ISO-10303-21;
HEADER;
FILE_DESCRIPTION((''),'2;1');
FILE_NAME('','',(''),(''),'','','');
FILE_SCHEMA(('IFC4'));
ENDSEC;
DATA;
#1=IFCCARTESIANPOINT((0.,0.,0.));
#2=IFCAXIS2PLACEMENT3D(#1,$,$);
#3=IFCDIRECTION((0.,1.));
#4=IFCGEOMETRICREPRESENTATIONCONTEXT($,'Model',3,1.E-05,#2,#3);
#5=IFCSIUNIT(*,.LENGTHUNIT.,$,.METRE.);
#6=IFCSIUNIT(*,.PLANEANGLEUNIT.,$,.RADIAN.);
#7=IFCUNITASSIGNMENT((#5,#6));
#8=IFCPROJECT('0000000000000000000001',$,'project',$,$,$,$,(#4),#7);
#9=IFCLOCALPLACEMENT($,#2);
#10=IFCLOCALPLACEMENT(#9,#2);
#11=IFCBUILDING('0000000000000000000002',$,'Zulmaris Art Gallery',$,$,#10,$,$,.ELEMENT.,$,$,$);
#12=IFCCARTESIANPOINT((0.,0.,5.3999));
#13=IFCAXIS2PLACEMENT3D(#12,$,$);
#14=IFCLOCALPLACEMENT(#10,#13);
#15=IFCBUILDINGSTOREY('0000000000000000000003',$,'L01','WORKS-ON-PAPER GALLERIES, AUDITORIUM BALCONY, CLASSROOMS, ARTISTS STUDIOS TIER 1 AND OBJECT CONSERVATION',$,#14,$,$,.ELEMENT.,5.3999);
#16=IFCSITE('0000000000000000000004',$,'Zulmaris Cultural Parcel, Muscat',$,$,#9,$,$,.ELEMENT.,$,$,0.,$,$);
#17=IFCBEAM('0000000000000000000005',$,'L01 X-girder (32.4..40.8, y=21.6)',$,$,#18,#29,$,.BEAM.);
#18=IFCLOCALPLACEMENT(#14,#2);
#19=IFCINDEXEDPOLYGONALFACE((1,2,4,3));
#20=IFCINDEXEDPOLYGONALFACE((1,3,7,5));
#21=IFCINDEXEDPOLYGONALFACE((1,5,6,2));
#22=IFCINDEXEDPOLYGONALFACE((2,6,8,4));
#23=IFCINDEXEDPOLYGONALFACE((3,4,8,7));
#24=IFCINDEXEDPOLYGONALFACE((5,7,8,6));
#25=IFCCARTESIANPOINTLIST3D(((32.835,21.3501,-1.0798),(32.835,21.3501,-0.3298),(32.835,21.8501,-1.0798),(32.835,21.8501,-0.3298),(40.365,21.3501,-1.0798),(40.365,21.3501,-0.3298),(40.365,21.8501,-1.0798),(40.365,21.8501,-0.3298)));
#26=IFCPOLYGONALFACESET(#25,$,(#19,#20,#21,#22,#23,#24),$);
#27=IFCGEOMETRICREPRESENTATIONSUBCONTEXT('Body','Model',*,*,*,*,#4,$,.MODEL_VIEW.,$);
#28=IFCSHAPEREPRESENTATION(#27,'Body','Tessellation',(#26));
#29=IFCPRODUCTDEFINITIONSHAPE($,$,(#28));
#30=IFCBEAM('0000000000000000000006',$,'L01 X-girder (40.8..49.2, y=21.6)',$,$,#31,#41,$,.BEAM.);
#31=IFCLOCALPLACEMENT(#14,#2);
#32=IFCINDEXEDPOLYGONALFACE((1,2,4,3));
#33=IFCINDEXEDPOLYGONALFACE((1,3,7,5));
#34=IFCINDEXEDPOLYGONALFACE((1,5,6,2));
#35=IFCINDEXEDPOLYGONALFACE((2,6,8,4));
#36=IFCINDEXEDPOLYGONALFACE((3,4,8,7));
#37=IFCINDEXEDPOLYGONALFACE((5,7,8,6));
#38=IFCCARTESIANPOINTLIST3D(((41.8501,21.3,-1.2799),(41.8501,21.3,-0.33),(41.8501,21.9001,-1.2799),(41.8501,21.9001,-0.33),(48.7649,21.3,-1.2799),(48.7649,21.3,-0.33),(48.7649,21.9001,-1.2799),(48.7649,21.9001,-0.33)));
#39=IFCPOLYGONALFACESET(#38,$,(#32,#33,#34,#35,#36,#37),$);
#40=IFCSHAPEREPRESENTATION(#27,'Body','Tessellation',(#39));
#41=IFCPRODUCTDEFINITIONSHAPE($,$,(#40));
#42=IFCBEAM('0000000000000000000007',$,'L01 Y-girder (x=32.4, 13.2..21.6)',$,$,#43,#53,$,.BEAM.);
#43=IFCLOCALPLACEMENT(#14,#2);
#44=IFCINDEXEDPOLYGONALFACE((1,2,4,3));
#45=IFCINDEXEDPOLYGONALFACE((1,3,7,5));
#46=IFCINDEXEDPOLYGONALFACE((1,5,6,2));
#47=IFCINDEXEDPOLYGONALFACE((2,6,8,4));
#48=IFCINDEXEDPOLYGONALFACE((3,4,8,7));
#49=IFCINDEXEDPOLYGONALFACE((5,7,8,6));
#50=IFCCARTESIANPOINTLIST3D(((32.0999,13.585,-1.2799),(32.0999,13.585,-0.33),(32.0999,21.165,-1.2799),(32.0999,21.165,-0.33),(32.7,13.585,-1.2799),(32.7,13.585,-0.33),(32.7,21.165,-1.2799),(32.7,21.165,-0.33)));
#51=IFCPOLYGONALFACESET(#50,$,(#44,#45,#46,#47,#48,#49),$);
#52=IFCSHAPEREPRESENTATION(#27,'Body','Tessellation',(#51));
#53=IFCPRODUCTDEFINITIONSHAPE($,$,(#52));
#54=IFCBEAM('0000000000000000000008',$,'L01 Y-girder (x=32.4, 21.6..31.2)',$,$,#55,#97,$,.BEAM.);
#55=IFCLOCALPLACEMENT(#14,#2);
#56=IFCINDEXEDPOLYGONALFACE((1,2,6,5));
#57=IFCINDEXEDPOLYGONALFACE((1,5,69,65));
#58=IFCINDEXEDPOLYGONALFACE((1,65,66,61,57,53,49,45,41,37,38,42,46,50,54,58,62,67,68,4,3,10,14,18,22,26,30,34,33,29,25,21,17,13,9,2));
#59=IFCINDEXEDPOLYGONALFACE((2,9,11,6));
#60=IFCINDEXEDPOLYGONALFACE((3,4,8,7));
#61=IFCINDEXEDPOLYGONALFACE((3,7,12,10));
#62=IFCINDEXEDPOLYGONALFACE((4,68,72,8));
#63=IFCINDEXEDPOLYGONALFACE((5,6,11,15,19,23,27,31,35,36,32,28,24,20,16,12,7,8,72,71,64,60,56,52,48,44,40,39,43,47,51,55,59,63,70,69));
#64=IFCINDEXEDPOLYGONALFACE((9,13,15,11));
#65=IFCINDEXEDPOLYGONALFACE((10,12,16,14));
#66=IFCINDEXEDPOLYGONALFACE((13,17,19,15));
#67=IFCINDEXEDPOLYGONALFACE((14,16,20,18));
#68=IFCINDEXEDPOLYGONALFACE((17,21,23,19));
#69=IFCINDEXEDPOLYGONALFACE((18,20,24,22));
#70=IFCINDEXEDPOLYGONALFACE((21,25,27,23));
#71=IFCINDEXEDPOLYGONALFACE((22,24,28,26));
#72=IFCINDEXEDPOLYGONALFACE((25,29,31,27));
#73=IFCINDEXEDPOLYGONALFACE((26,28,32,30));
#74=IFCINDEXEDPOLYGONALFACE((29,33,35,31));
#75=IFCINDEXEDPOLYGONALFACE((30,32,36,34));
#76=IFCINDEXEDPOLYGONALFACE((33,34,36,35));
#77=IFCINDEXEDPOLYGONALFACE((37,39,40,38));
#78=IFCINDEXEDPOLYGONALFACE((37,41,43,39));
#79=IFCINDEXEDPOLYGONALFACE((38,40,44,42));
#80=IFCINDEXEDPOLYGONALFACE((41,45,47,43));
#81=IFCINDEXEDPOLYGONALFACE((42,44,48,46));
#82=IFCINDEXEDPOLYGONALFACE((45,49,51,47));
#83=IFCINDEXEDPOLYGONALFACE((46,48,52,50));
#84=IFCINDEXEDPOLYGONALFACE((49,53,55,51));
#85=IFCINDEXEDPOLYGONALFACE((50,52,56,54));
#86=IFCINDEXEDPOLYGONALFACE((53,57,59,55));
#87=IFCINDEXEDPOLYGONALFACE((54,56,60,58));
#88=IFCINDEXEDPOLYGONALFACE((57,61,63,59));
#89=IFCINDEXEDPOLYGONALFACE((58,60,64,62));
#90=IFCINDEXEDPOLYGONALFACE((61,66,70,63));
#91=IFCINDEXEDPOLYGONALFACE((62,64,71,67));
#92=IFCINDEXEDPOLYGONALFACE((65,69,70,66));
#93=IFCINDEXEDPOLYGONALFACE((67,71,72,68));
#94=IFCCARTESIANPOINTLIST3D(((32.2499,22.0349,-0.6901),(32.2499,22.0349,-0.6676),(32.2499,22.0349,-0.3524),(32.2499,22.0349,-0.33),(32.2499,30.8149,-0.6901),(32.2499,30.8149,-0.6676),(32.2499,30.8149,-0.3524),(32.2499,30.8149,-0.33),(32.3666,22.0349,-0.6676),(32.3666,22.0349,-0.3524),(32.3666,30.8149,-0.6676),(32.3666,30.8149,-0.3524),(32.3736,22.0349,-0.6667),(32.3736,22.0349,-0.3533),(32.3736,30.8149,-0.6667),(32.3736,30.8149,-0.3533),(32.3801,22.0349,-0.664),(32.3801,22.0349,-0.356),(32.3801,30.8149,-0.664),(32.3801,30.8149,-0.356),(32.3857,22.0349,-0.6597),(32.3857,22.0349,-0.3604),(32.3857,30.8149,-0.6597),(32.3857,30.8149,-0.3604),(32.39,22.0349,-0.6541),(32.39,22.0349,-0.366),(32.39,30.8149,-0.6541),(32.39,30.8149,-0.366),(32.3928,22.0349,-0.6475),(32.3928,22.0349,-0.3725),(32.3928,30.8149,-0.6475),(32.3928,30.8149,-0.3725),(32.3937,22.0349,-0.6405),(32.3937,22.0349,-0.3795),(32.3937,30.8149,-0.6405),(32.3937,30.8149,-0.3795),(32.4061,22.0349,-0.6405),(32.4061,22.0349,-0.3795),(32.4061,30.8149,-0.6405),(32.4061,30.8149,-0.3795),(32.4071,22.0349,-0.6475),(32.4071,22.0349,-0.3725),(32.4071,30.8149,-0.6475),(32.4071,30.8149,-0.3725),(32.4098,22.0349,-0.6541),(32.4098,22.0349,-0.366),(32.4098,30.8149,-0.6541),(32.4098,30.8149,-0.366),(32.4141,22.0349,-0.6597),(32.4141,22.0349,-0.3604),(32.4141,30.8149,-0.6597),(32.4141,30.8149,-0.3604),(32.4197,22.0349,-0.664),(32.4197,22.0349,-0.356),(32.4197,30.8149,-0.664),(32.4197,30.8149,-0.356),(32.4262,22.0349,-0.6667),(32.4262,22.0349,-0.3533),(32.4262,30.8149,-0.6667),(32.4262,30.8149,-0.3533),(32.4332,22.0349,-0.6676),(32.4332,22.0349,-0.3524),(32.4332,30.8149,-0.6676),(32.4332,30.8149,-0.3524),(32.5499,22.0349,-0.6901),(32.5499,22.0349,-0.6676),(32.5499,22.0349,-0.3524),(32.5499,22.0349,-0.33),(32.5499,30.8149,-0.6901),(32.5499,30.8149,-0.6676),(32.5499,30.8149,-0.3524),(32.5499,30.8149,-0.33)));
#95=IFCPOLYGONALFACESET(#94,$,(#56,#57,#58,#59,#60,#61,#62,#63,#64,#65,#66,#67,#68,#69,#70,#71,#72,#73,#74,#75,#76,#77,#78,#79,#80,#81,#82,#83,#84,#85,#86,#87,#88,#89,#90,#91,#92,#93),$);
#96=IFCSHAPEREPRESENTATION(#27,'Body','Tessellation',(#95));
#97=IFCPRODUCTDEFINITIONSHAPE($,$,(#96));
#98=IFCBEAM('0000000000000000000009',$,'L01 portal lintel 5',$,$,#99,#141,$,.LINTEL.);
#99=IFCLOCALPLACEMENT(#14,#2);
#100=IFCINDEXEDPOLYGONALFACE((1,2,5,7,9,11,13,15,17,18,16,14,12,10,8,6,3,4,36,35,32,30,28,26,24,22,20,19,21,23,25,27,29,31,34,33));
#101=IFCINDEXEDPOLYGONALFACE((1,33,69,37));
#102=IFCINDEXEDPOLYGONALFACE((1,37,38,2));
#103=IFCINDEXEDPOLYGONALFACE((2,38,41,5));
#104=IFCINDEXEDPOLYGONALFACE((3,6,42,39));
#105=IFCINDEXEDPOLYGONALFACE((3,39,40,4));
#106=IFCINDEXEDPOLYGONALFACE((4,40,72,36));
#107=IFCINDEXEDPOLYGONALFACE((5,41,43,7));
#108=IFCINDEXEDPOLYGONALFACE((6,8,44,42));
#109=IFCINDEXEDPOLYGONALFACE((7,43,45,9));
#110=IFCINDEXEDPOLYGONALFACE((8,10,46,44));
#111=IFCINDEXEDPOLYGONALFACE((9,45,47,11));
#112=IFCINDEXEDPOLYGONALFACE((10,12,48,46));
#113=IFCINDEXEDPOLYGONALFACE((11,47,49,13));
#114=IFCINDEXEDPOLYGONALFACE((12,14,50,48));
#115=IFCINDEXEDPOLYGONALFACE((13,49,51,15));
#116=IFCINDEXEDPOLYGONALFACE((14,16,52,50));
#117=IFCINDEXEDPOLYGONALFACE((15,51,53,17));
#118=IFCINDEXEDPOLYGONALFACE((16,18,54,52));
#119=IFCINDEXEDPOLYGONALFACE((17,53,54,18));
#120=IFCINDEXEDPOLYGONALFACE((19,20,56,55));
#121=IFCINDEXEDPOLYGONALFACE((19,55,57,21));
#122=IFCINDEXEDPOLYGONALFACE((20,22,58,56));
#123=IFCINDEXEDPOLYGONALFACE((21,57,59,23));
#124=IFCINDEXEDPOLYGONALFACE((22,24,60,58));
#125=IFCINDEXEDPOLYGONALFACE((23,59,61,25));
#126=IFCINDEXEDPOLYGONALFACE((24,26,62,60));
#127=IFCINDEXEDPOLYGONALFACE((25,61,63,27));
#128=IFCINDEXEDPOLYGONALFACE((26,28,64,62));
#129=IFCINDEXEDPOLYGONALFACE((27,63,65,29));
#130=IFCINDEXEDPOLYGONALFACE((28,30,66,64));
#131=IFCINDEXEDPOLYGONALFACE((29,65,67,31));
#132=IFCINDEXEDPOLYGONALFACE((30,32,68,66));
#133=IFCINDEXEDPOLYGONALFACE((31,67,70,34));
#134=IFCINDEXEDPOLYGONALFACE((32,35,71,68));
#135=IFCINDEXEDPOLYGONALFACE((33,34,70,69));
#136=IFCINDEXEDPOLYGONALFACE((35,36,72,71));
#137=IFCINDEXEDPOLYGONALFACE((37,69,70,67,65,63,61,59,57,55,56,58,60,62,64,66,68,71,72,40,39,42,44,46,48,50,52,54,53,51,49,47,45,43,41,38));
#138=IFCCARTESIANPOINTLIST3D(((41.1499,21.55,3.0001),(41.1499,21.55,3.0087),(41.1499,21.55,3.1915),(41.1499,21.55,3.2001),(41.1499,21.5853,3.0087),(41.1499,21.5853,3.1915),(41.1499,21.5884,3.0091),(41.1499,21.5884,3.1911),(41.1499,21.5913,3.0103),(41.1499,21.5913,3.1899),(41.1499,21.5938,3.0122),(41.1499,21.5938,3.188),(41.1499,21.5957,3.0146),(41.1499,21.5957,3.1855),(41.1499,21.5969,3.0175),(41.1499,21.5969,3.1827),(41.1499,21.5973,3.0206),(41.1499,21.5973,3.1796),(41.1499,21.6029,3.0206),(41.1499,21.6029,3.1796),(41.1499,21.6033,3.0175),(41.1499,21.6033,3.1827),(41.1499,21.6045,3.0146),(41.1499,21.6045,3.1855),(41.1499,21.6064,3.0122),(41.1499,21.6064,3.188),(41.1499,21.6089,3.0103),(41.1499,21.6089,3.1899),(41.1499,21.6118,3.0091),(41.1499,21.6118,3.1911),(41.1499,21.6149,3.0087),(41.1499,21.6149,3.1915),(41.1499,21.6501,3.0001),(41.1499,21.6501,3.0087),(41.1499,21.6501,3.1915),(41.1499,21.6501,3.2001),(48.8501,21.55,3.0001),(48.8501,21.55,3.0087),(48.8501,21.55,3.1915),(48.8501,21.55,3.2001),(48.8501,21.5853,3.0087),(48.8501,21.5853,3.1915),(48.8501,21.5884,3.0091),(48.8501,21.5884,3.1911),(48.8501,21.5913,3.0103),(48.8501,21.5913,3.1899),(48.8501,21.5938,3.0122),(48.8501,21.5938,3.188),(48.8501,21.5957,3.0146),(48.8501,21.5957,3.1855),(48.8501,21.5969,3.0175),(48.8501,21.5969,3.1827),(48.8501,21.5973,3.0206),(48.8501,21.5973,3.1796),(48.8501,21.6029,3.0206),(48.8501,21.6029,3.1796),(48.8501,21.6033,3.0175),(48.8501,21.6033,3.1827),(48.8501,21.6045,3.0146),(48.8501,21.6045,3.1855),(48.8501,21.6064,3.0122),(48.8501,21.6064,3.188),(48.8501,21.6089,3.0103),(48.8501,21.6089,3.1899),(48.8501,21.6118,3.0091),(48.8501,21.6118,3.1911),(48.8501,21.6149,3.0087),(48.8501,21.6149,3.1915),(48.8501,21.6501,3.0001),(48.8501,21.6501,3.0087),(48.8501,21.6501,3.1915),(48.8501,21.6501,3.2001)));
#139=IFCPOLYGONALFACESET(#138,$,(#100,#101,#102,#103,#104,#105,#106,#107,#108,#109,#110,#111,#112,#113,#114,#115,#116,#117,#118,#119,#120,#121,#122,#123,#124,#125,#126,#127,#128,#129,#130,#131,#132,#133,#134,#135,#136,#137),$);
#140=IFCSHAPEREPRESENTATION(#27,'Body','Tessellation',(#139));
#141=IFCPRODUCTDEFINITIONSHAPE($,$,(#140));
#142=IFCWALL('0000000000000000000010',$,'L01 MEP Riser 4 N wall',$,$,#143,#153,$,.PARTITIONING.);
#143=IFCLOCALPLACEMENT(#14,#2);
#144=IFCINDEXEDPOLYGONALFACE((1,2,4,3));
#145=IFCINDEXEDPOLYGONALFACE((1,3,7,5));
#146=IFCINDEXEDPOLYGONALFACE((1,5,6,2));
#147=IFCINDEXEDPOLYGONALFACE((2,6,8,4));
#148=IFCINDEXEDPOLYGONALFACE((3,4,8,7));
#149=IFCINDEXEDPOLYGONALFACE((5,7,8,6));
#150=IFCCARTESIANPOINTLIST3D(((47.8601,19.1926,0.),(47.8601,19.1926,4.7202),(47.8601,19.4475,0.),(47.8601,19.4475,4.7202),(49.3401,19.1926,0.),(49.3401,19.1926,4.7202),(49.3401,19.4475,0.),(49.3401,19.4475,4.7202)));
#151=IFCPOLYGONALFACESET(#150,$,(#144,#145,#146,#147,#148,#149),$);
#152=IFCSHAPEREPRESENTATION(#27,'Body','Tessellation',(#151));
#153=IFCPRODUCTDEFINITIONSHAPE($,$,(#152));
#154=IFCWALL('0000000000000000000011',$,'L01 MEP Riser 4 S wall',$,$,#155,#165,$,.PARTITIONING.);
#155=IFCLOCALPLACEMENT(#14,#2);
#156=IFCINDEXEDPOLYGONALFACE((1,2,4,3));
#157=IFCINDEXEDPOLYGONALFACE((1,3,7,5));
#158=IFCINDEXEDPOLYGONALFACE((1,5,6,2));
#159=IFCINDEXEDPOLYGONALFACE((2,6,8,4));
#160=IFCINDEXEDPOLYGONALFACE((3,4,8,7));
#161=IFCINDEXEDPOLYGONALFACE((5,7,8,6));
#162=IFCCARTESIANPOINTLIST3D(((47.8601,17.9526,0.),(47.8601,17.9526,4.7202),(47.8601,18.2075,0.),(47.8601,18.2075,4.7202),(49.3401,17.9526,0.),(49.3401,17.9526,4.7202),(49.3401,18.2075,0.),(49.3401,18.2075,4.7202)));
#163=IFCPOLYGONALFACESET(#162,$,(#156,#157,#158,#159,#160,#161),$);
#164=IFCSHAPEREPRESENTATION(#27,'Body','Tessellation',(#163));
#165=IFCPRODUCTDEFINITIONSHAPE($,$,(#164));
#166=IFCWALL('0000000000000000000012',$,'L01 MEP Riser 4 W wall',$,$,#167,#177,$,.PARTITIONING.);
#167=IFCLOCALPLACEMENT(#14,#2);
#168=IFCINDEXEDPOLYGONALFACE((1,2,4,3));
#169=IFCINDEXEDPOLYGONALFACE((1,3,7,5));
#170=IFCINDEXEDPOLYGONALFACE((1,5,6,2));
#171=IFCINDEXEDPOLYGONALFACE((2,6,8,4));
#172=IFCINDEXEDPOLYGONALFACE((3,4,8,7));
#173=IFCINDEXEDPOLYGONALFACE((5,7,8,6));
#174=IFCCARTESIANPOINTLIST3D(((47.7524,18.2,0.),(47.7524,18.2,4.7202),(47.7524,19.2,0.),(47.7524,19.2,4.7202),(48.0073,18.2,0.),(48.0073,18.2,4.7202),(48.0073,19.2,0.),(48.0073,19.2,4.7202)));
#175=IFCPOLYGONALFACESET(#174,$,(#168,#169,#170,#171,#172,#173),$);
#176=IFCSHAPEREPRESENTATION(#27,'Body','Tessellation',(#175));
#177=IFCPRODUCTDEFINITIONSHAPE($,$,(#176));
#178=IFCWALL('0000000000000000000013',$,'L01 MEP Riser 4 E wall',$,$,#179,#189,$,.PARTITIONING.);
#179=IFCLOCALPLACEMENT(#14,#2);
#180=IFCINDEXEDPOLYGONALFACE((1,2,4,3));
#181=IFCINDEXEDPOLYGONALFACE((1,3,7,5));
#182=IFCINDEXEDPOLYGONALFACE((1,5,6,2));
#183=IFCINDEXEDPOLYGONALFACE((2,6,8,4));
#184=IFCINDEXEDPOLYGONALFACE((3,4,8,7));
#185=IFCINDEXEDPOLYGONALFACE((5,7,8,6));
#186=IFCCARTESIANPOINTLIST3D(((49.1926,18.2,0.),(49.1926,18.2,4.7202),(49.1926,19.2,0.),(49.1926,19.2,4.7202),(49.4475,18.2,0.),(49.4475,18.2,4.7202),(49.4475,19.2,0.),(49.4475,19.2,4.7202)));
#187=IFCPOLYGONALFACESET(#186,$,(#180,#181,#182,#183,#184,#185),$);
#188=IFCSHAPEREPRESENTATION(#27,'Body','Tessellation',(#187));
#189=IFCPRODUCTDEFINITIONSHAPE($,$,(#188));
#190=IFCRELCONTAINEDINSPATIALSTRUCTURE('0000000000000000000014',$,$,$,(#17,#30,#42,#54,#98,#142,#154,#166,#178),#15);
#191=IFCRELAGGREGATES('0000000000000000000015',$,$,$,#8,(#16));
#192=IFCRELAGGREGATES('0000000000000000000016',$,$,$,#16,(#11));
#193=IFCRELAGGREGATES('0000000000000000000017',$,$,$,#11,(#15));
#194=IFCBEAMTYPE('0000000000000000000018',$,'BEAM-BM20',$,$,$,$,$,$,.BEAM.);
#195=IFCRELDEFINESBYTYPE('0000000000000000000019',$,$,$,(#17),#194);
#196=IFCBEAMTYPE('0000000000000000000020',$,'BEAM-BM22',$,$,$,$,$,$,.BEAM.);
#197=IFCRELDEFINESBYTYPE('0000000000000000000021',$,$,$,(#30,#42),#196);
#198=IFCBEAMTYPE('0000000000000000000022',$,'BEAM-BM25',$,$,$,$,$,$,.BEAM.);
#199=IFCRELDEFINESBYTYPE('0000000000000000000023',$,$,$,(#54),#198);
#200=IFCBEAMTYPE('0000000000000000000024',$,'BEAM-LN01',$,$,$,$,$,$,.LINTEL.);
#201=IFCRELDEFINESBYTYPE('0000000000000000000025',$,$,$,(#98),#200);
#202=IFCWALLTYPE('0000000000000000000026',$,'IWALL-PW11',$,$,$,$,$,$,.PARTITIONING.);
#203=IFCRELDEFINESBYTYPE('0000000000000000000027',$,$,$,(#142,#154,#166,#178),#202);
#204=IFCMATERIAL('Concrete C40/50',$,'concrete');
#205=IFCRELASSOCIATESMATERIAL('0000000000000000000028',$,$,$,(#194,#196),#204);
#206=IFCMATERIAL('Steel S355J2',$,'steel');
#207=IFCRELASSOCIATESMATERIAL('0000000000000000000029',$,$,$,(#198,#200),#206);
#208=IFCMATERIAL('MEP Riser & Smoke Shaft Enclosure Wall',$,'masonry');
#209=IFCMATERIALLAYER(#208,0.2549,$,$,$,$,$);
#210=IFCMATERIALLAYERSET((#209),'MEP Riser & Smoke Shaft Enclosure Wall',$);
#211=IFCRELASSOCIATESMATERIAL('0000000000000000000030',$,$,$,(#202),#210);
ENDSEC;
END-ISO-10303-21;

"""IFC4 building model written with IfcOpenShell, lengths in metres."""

from ifc_helpers import new_model, si_unit, direction, frame, frame_2d, origin, origin_2d, place, context, subcontext, project, spatial, rectangle, i_section, extrude, material, layer, layer_set, material_profile, profile_set, type_object, element, save


model = new_model("IFC4")

# Units and contexts
model_context = context("Model", 3, precision=1e-05, world=origin(), true_north=direction((0.0, 1.0)))
body_context = subcontext(model_context, "Body", "Model", "MODEL_VIEW")
ifc_project = project(units=[si_unit("LENGTHUNIT", "METRE"), si_unit("PLANEANGLEUNIT", "RADIAN")], contexts=[model_context])

# Site, building, storey
site_placement = place(None, origin())
site = spatial("IfcSite", under=ifc_project, at=site_placement, Name="Zulmaris Cultural Parcel, Muscat", CompositionType="ELEMENT", RefElevation=0.0)
building_placement = place(site_placement, origin())
building = spatial("IfcBuilding", under=site, at=building_placement, Name="Zulmaris Art Gallery", CompositionType="ELEMENT")
storey_placement = place(building_placement, frame((0.0, 0.0, 5.3999)))
storey = spatial("IfcBuildingStorey", under=building, at=storey_placement, Name="L01", Description="WORKS-ON-PAPER GALLERIES, AUDITORIUM BALCONY, CLASSROOMS, ARTISTS STUDIOS TIER 1 AND OBJECT CONSERVATION", CompositionType="ELEMENT", Elevation=5.3999)

# Shared definitions
ifc_material_1 = material(Name="Concrete C40/50", Category="concrete")

# Beams
ifc_material_profile_1 = material_profile(ifc_material_1, rectangle(XDim=0.5, YDim=0.75, at=origin_2d()), Name="RC 500x750")
ifc_profile_set_1 = profile_set([ifc_material_profile_1], Name="Concrete C40/50")
beam_type_1 = type_object("IfcBeamType", Name="BEAM-BM20", PredefinedType="BEAM", material=ifc_profile_set_1)
beam_1_placement = place(storey_placement, frame((32.835, 21.6001, -0.7048), z_axis=(1.0, 0.0, 0.0), x_axis=(0.0, 1.0, 0.0)))
element("IfcBeam", 1, at=beam_1_placement, inside=storey, type_object=beam_type_1, Name="L01 X-girder (32.4..40.8, y=21.6)", PredefinedType="BEAM", context=body_context, shape_type="SweptSolid", body=[
    extrude(rectangle(XDim=0.5, YDim=0.75, at=origin_2d()), origin(), (0.0, 0.0, 1.0), 7.53),
])
ifc_material_profile_2 = material_profile(ifc_material_1, rectangle(XDim=0.6001, YDim=0.95, at=origin_2d()), Name="RC 600x950")
ifc_profile_set_2 = profile_set([ifc_material_profile_2], Name="Concrete C40/50")
beam_type_2 = type_object("IfcBeamType", Name="BEAM-BM22", PredefinedType="BEAM", material=ifc_profile_set_2)
beam_2_placement = place(storey_placement, frame((41.8501, 21.6001, -0.8049), z_axis=(1.0, 0.0, 0.0), x_axis=(0.0, 1.0, 0.0)))
element("IfcBeam", 2, at=beam_2_placement, inside=storey, type_object=beam_type_2, Name="L01 X-girder (40.8..49.2, y=21.6)", PredefinedType="BEAM", context=body_context, shape_type="SweptSolid", body=[
    extrude(rectangle(XDim=0.6001, YDim=0.95, at=origin_2d()), origin(), (0.0, 0.0, 1.0), 6.9148),
])
beam_3_placement = place(storey_placement, frame((32.3999, 13.585, -0.8049), z_axis=(0.0, 1.0, 0.0), x_axis=(-1.0, 0.0, 0.0)))
element("IfcBeam", 3, at=beam_3_placement, inside=storey, type_object=beam_type_2, Name="L01 Y-girder (x=32.4, 13.2..21.6)", PredefinedType="BEAM", context=body_context, shape_type="SweptSolid", body=[
    extrude(rectangle(XDim=0.6001, YDim=0.95, at=origin_2d()), origin(), (0.0, 0.0, 1.0), 7.5801),
])
ifc_material_2 = material(Name="Steel S355J2", Category="steel")
ifc_material_profile_3 = material_profile(ifc_material_2, i_section(OverallWidth=0.3, OverallDepth=0.3601, WebThickness=0.0125, FlangeThickness=0.0225, FilletRadius=0.0271, at=origin_2d()), Name="HEB 360")
ifc_profile_set_3 = profile_set([ifc_material_profile_3], Name="Steel S355J2")
beam_type_3 = type_object("IfcBeamType", Name="BEAM-BM25", PredefinedType="BEAM", material=ifc_profile_set_3)
beam_4_placement = place(storey_placement, frame((32.3999, 22.0349, -0.51), z_axis=(0.0, 1.0, 0.0), x_axis=(-1.0, 0.0, 0.0)))
element("IfcBeam", 4, at=beam_4_placement, inside=storey, type_object=beam_type_3, Name="L01 Y-girder (x=32.4, 21.6..31.2)", PredefinedType="BEAM", context=body_context, shape_type="SweptSolid", body=[
    extrude(i_section(OverallWidth=0.3, OverallDepth=0.3601, WebThickness=0.0125, FlangeThickness=0.0225, FilletRadius=0.0271, at=origin_2d()), origin(), (0.0, 0.0, 1.0), 8.78),
])
ifc_material_profile_4 = material_profile(ifc_material_2, i_section(OverallWidth=0.1001, OverallDepth=0.2, WebThickness=0.0056, FlangeThickness=0.0085, FilletRadius=0.012, at=origin_2d()), Name="IPE 200")
ifc_profile_set_4 = profile_set([ifc_material_profile_4], Name="Steel S355J2")
beam_type_4 = type_object("IfcBeamType", Name="BEAM-LN01", PredefinedType="LINTEL", material=ifc_profile_set_4)
beam_5_placement = place(storey_placement, frame((41.1499, 21.6001, 3.1001), z_axis=(1.0, 0.0, 0.0), x_axis=(0.0, 1.0, 0.0)))
element("IfcBeam", 5, at=beam_5_placement, inside=storey, type_object=beam_type_4, Name="L01 portal lintel 5", PredefinedType="LINTEL", context=body_context, shape_type="SweptSolid", body=[
    extrude(i_section(OverallWidth=0.1001, OverallDepth=0.2, WebThickness=0.0056, FlangeThickness=0.0085, FilletRadius=0.012, at=origin_2d()), origin(), (0.0, 0.0, 1.0), 7.7002),
])

# Walls
ifc_material_3 = material(Name="MEP Riser & Smoke Shaft Enclosure Wall", Category="masonry")
ifc_layer_1 = layer(ifc_material_3, 0.2549)
ifc_layer_set_1 = layer_set([ifc_layer_1], Name="MEP Riser & Smoke Shaft Enclosure Wall")
wall_type_1 = type_object("IfcWallType", Name="IWALL-PW11", PredefinedType="PARTITIONING", material=ifc_layer_set_1)
for number, where, z_axis, x_axis, name in (
    (6, (47.8601, 19.3201, 0.0), (0.0, 0.0, 1.0), (1.0, 0.0, 0.0), "L01 MEP Riser 4 N wall"),
    (7, (47.8601, 18.0801, 0.0), (0.0, 0.0, 1.0), (1.0, 0.0, 0.0), "L01 MEP Riser 4 S wall"),
):
    element("IfcWall", number, at=place(storey_placement, frame(where, z_axis=z_axis, x_axis=x_axis)), inside=storey, type_object=wall_type_1, Name=name, PredefinedType="PARTITIONING", context=body_context, shape_type="SweptSolid", body=[
        extrude(rectangle(XDim=1.48, YDim=0.2549, at=frame_2d((0.74, 0.0))), origin(), (0.0, 0.0, 1.0), 4.7202),
    ])
for number, where, z_axis, x_axis, name in (
    (8, (47.8799, 18.2, 0.0), (0.0, 0.0, 1.0), (0.0, 1.0, 0.0), "L01 MEP Riser 4 W wall"),
    (9, (49.3201, 18.2, 0.0), (0.0, 0.0, 1.0), (0.0, 1.0, 0.0), "L01 MEP Riser 4 E wall"),
):
    element("IfcWall", number, at=place(storey_placement, frame(where, z_axis=z_axis, x_axis=x_axis)), inside=storey, type_object=wall_type_1, Name=name, PredefinedType="PARTITIONING", context=body_context, shape_type="SweptSolid", body=[
        extrude(rectangle(XDim=1.0, YDim=0.2549, at=frame_2d((0.5, 0.0))), origin(), (0.0, 0.0, 1.0), 4.7202),
    ])

save(model, "model.ifc")
